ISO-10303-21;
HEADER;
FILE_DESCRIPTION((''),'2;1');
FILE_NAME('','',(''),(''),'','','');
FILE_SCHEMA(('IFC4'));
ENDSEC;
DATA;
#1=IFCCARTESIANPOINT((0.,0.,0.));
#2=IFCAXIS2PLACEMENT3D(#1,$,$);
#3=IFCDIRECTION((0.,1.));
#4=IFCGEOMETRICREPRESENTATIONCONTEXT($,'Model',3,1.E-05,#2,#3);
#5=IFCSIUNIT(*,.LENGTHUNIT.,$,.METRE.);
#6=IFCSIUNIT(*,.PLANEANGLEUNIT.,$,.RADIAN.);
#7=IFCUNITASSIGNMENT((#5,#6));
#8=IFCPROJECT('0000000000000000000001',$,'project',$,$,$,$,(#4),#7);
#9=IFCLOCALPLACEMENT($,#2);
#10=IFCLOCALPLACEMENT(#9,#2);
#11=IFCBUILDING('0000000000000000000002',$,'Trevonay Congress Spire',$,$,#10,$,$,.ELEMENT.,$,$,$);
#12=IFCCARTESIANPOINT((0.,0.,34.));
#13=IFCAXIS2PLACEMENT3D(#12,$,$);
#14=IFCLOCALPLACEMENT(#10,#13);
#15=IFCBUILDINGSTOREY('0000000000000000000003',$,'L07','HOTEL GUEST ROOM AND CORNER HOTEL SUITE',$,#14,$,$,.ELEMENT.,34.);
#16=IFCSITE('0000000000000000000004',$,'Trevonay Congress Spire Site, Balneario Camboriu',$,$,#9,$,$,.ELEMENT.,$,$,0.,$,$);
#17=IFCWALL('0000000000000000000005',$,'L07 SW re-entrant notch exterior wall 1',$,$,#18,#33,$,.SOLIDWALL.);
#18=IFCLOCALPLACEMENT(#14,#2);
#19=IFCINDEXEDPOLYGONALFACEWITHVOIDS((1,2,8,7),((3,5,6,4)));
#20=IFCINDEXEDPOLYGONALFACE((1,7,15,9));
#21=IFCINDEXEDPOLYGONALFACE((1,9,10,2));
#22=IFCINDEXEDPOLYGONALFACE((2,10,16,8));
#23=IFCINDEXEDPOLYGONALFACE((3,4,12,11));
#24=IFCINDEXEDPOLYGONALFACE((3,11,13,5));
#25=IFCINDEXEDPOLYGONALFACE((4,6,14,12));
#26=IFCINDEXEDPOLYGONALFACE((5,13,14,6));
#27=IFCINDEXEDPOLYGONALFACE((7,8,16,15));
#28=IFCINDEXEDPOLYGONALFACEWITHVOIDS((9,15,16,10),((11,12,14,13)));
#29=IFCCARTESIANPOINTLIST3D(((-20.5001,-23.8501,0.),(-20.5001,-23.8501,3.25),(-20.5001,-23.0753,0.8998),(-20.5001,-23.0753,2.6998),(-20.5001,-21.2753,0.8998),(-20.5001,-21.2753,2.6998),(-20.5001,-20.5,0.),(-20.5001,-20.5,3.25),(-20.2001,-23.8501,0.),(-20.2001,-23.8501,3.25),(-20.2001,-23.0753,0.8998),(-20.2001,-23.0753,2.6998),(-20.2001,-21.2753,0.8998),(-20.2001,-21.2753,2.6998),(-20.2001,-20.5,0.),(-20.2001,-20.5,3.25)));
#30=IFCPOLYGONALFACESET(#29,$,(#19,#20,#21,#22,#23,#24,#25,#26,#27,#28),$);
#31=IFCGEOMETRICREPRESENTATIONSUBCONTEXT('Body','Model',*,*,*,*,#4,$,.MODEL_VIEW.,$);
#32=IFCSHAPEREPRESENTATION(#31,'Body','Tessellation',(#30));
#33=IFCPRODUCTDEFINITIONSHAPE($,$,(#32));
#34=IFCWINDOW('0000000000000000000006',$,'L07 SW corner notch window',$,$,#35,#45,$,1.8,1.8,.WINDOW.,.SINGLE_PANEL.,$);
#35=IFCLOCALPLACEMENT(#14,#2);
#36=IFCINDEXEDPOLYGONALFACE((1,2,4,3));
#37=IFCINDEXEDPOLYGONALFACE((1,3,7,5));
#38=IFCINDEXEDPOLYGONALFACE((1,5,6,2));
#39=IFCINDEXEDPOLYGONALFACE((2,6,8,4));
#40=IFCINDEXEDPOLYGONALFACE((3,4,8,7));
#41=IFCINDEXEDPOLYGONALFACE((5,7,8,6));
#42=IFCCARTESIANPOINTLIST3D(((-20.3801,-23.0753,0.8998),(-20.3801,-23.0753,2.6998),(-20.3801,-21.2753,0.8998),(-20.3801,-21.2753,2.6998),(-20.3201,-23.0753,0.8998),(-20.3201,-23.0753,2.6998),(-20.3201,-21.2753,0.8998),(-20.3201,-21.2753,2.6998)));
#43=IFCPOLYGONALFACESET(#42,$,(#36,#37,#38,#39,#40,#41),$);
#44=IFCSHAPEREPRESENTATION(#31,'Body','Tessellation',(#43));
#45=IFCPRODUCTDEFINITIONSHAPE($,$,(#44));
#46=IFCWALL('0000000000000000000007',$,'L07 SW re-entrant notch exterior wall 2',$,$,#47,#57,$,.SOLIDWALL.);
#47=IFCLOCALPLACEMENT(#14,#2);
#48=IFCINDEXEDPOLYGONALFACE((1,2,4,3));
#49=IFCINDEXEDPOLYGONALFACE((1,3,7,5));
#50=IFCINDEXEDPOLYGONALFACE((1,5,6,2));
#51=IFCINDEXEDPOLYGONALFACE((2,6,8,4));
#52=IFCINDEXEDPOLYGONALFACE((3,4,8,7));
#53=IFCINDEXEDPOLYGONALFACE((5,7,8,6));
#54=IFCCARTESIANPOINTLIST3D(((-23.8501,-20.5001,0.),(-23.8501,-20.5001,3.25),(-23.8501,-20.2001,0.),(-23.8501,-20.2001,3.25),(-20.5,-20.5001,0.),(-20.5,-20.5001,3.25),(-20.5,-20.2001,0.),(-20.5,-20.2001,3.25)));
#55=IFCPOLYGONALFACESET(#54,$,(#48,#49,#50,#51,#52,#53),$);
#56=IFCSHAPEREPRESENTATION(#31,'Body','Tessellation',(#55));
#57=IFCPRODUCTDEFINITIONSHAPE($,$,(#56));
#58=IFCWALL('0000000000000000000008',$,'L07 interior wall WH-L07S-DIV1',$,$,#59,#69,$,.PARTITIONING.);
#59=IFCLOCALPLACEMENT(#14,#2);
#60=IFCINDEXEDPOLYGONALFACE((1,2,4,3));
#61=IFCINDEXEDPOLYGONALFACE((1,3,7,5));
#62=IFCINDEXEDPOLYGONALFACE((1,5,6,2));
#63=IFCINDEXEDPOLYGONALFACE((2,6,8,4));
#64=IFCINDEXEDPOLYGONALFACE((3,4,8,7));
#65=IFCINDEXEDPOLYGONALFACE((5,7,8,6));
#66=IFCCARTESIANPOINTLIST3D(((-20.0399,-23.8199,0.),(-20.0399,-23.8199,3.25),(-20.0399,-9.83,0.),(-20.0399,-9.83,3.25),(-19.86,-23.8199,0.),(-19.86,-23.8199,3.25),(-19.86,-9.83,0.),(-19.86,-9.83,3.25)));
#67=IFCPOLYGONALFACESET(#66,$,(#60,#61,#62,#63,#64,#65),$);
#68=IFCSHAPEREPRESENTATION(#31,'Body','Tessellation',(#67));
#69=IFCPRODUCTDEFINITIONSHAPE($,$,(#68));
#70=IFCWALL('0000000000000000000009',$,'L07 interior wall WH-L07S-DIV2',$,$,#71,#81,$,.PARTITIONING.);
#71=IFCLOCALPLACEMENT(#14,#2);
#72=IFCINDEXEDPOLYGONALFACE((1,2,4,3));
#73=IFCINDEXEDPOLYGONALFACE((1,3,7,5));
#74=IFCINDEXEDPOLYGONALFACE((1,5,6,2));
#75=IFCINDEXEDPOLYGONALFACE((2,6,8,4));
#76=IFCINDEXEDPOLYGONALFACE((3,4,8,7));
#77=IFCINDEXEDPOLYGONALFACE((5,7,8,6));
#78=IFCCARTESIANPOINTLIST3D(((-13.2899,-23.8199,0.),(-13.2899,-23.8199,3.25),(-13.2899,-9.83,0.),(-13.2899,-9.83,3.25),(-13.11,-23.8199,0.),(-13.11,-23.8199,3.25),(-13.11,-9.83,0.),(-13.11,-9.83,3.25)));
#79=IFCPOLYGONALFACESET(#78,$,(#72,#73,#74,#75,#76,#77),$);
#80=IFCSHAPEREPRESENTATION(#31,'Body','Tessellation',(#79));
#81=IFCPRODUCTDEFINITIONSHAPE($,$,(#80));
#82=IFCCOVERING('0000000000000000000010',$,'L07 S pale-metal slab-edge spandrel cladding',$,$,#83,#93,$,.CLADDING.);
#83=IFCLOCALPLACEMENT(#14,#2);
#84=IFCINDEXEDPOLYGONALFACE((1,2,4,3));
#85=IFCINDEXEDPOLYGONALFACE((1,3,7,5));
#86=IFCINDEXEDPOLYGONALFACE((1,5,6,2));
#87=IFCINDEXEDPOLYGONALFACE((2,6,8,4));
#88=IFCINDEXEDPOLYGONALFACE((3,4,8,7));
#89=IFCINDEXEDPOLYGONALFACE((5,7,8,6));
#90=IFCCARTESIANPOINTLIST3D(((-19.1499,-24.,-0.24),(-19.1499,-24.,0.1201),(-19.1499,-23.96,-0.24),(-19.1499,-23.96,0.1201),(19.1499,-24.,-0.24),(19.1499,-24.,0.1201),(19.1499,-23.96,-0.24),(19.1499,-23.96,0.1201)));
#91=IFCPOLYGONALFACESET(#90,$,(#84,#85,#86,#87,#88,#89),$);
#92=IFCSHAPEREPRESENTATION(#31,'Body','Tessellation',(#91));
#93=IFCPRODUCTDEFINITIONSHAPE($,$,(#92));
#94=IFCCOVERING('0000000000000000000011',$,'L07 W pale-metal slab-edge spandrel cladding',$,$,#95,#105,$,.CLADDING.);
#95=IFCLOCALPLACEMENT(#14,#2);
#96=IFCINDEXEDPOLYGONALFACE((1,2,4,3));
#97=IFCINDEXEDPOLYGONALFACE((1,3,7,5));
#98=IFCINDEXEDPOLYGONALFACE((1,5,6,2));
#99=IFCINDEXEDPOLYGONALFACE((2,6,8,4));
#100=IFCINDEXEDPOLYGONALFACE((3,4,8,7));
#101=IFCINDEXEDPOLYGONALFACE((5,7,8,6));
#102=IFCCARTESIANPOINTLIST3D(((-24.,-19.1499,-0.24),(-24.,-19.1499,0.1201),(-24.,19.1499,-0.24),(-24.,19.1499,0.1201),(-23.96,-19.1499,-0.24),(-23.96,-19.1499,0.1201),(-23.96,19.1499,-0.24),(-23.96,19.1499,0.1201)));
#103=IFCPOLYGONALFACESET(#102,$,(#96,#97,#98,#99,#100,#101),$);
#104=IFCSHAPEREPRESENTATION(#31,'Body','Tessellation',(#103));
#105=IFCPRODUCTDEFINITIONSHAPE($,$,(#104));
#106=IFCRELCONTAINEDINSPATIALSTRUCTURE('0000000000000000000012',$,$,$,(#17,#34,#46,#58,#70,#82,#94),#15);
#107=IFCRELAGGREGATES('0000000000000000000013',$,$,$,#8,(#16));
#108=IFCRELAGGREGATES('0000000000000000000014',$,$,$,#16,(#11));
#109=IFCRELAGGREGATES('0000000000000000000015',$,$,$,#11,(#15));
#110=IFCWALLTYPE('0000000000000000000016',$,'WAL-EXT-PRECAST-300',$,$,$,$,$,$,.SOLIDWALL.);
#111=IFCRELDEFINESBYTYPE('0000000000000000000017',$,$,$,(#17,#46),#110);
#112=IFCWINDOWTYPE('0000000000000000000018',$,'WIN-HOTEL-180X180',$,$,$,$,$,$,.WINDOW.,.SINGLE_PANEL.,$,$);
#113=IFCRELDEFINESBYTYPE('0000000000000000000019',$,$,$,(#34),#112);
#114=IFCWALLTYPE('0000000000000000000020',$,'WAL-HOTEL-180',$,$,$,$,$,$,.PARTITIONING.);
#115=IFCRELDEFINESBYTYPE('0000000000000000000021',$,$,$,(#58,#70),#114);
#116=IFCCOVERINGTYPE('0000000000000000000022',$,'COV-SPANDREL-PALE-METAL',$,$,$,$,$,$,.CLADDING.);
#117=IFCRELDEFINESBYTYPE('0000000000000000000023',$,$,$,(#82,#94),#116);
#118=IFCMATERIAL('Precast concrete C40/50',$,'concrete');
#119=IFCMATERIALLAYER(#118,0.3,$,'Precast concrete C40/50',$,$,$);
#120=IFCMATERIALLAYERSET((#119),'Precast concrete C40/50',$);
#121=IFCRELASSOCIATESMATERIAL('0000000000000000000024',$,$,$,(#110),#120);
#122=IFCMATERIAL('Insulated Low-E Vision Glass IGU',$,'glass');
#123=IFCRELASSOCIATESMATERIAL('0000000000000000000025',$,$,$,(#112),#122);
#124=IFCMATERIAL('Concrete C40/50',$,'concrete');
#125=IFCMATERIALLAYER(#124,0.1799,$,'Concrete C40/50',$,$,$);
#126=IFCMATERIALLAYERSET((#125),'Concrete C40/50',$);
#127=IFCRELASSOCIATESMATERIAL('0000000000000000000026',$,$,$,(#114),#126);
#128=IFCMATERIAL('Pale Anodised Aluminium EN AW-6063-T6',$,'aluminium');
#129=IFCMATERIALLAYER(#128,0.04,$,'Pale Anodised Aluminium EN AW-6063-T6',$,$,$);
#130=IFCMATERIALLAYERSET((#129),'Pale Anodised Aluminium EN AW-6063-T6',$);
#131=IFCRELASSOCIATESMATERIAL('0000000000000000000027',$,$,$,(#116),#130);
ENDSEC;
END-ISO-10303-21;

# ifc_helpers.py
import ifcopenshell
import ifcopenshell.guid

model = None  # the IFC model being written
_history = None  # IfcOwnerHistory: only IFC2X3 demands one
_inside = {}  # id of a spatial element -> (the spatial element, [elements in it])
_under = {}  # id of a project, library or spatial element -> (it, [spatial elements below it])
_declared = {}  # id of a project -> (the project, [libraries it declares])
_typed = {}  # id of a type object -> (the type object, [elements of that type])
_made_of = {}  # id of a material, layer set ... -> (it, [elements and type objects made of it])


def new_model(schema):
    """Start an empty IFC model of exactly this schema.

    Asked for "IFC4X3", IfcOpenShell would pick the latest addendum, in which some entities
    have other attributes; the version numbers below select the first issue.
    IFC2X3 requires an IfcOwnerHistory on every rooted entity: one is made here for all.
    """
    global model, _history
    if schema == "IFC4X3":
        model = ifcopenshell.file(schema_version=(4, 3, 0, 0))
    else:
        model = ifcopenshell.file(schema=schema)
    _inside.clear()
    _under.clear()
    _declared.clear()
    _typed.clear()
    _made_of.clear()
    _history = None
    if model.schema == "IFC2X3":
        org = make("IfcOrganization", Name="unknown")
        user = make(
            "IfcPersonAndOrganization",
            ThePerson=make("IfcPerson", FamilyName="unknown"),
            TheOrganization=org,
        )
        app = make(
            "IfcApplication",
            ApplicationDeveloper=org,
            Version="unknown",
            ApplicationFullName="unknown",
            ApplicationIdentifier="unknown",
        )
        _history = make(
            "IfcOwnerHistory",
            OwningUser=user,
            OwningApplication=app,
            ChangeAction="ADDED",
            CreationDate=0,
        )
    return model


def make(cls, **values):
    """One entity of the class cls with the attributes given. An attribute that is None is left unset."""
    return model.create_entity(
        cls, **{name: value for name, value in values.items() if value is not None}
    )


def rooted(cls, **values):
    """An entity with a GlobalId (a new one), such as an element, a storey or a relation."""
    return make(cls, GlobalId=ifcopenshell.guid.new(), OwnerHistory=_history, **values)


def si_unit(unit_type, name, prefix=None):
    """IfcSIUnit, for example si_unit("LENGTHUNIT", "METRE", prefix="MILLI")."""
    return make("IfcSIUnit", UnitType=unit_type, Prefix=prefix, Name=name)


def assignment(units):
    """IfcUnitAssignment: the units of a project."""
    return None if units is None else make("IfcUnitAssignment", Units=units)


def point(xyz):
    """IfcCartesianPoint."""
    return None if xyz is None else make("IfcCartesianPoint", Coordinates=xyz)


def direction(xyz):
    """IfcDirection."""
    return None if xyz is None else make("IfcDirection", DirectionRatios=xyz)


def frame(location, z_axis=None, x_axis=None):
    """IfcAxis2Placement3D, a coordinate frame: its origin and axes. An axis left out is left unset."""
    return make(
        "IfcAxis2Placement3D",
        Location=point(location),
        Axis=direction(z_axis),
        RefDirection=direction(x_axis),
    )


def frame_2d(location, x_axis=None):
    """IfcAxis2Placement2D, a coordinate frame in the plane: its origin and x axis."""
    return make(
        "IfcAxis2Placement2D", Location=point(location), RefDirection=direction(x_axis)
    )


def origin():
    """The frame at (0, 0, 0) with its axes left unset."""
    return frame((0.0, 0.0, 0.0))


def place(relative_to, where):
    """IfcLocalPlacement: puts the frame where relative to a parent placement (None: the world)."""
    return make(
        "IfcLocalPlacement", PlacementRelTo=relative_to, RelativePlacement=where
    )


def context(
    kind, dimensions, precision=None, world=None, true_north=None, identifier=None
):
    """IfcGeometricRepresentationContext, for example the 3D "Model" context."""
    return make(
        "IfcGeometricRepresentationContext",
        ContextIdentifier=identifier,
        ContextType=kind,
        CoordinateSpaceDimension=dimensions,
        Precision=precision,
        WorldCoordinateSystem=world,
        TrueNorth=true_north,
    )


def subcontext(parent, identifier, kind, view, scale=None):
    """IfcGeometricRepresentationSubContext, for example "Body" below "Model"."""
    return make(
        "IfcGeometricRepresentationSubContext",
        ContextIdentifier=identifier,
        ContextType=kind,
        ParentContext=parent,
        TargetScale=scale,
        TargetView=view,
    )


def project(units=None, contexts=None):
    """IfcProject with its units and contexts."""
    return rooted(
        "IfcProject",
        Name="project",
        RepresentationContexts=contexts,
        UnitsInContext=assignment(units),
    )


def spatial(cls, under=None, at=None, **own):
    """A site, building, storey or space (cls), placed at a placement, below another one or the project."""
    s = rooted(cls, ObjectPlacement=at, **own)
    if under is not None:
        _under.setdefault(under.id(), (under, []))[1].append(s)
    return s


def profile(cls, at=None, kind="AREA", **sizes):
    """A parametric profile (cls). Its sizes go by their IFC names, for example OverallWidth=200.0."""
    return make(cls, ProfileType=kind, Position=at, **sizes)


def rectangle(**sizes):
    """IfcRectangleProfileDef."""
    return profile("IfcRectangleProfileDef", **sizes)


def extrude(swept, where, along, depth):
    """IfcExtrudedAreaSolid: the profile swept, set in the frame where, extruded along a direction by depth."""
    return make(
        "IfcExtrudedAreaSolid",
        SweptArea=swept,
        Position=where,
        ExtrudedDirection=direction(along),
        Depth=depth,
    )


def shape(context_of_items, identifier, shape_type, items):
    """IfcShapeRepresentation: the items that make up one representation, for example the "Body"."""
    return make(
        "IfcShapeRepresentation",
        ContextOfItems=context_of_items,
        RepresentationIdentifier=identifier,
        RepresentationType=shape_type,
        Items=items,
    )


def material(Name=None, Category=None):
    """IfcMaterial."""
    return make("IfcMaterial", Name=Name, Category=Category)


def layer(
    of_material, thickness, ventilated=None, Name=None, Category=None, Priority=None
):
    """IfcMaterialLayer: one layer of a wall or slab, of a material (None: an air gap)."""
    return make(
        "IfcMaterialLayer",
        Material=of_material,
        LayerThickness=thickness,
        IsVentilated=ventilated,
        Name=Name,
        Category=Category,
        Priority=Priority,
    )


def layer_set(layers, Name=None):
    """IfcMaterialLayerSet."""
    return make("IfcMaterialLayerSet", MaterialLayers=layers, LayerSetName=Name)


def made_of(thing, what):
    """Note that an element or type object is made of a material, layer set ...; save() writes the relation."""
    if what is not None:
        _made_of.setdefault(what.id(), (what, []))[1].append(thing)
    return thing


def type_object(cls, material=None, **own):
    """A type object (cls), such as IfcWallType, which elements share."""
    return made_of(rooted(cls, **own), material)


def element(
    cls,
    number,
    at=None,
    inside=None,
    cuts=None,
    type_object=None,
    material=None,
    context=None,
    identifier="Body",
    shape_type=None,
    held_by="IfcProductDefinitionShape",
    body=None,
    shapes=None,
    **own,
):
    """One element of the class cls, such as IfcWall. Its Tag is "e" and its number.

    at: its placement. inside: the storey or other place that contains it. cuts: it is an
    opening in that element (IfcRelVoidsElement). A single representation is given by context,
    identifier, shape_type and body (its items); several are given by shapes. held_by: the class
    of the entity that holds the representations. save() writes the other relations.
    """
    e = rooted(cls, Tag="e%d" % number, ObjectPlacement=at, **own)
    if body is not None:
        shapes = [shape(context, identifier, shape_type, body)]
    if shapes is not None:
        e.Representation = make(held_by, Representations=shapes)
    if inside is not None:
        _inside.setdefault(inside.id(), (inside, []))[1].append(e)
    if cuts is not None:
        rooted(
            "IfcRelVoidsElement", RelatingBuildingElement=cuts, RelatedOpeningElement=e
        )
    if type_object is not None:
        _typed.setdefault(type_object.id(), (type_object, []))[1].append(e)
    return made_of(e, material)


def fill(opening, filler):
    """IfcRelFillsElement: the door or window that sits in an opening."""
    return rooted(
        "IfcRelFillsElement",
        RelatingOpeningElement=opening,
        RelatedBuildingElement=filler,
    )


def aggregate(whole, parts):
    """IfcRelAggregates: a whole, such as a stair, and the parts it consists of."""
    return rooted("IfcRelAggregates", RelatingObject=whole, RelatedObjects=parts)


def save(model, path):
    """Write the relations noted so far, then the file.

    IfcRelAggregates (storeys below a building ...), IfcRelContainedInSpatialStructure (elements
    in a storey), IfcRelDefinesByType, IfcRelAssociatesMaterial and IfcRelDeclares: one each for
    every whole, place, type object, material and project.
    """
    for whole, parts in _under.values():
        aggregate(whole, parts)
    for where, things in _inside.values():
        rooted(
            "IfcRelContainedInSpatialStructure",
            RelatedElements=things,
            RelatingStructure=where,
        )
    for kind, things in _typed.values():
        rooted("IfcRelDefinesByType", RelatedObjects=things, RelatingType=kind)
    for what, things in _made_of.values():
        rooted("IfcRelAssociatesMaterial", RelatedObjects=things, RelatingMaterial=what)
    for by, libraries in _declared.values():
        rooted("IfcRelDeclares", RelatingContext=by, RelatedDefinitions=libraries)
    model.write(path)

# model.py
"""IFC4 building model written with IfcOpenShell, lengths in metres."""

from ifc_helpers import new_model, si_unit, direction, frame, frame_2d, origin, place, context, subcontext, project, spatial, rectangle, extrude, material, layer, layer_set, type_object, element, fill, save


model = new_model("IFC4")

# Units and contexts
model_context = context("Model", 3, precision=1e-05, world=origin(), true_north=direction((0.0, 1.0)))
body_context = subcontext(model_context, "Body", "Model", "MODEL_VIEW")
ifc_project = project(units=[si_unit("LENGTHUNIT", "METRE"), si_unit("PLANEANGLEUNIT", "RADIAN")], contexts=[model_context])

# Site, building, storey
site_placement = place(None, origin())
site = spatial("IfcSite", under=ifc_project, at=site_placement, Name="Trevonay Congress Spire Site, Balneario Camboriu", CompositionType="ELEMENT", RefElevation=0.0)
building_placement = place(site_placement, origin())
building = spatial("IfcBuilding", under=site, at=building_placement, Name="Trevonay Congress Spire", CompositionType="ELEMENT")
storey_placement = place(building_placement, frame((0.0, 0.0, 34.0)))
storey = spatial("IfcBuildingStorey", under=building, at=storey_placement, Name="L07", Description="HOTEL GUEST ROOM AND CORNER HOTEL SUITE", CompositionType="ELEMENT", Elevation=34.0)

# Shared definitions
ifc_material_1 = material(Name="Pale Anodised Aluminium EN AW-6063-T6", Category="aluminium")

# Shared definitions
ifc_material_2 = material(Name="Precast concrete C40/50", Category="concrete")
ifc_layer_1 = layer(ifc_material_2, 0.3, Name="Precast concrete C40/50")
ifc_layer_set_1 = layer_set([ifc_layer_1], Name="Precast concrete C40/50")
wall_type_1 = type_object("IfcWallType", Name="WAL-EXT-PRECAST-300", PredefinedType="SOLIDWALL", material=ifc_layer_set_1)

# Wall, opening, window
wall_1_placement = place(storey_placement, frame((-20.3501, -23.8501, 0.0), z_axis=(0.0, 0.0, 1.0), x_axis=(0.0, 1.0, 0.0)))
wall_1 = element("IfcWall", 1, at=wall_1_placement, inside=storey, type_object=wall_type_1, Name="L07 SW re-entrant notch exterior wall 1", PredefinedType="SOLIDWALL", context=body_context, shape_type="SweptSolid", body=[
    extrude(rectangle(XDim=3.3501, YDim=0.3, at=frame_2d((1.675, 0.0))), origin(), (0.0, 0.0, 1.0), 3.25),
])
opening_placement = place(wall_1_placement, frame((0.7749, 0.0, 0.8999)))
opening = element("IfcOpeningElement", 2, at=opening_placement, cuts=wall_1, PredefinedType="OPENING", context=body_context, shape_type="SweptSolid", body=[
    extrude(rectangle(XDim=1.8, YDim=1.8, at=frame_2d((0.8999, 0.8999))), frame((0.0, 0.1602, 0.0), z_axis=(0.0, -1.0, 0.0), x_axis=(1.0, 0.0, 0.0)), (0.0, 0.0, 1.0), 0.3201),
])
ifc_material_3 = material(Name="Insulated Low-E Vision Glass IGU", Category="glass")
window_type = type_object("IfcWindowType", Name="WIN-HOTEL-180X180", PartitioningType="SINGLE_PANEL", PredefinedType="WINDOW", material=ifc_material_3)
window_placement = place(opening_placement, origin())
window = element("IfcWindow", 3, at=window_placement, inside=storey, type_object=window_type, Name="L07 SW corner notch window", OverallHeight=1.8, OverallWidth=1.8, PartitioningType="SINGLE_PANEL", PredefinedType="WINDOW", context=body_context, shape_type="SweptSolid", body=[
    extrude(rectangle(XDim=1.8, YDim=1.8, at=frame_2d((0.8999, 0.8999))), frame((0.0, 0.03, 0.0), z_axis=(0.0, -1.0, 0.0), x_axis=(1.0, 0.0, 0.0)), (0.0, 0.0, 1.0), 0.0601),
])
fill(opening, window)

# Walls
wall_2_placement = place(storey_placement, frame((-23.8501, -20.3501, 0.0), z_axis=(0.0, 0.0, 1.0), x_axis=(1.0, 0.0, 0.0)))
element("IfcWall", 4, at=wall_2_placement, inside=storey, type_object=wall_type_1, Name="L07 SW re-entrant notch exterior wall 2", PredefinedType="SOLIDWALL", context=body_context, shape_type="SweptSolid", body=[
    extrude(rectangle(XDim=3.3501, YDim=0.3, at=frame_2d((1.675, 0.0))), origin(), (0.0, 0.0, 1.0), 3.25),
])
ifc_material_4 = material(Name="Concrete C40/50", Category="concrete")
ifc_layer_2 = layer(ifc_material_4, 0.1799, Name="Concrete C40/50")
ifc_layer_set_2 = layer_set([ifc_layer_2], Name="Concrete C40/50")
wall_type_2 = type_object("IfcWallType", Name="WAL-HOTEL-180", PredefinedType="PARTITIONING", material=ifc_layer_set_2)
for number, where, z_axis, x_axis, name in (
    (5, (-19.95, -23.8201, 0.0), (0.0, 0.0, 1.0), (0.0, 1.0, 0.0), "L07 interior wall WH-L07S-DIV1"),
    (6, (-13.2, -23.8201, 0.0), (0.0, 0.0, 1.0), (0.0, 1.0, 0.0), "L07 interior wall WH-L07S-DIV2"),
):
    element("IfcWall", number, at=place(storey_placement, frame(where, z_axis=z_axis, x_axis=x_axis)), inside=storey, type_object=wall_type_2, Name=name, PredefinedType="PARTITIONING", context=body_context, shape_type="SweptSolid", body=[
        extrude(rectangle(XDim=13.99, YDim=0.1799, at=frame_2d((6.9951, 0.0))), origin(), (0.0, 0.0, 1.0), 3.25),
    ])

# Coverings
ifc_layer_3 = layer(ifc_material_1, 0.04, Name="Pale Anodised Aluminium EN AW-6063-T6")
ifc_layer_set_3 = layer_set([ifc_layer_3], Name="Pale Anodised Aluminium EN AW-6063-T6")
covering_type = type_object("IfcCoveringType", Name="COV-SPANDREL-PALE-METAL", PredefinedType="CLADDING", material=ifc_layer_set_3)
for number, where, z_axis, x_axis, name in (
    (7, (-19.1499, -23.98, -0.24), (0.0, 0.0, 1.0), (1.0, 0.0, 0.0), "L07 S pale-metal slab-edge spandrel cladding"),
    (8, (-23.98, -19.1499, -0.24), (0.0, 0.0, 1.0), (0.0, 1.0, 0.0), "L07 W pale-metal slab-edge spandrel cladding"),
):
    element("IfcCovering", number, at=place(storey_placement, frame(where, z_axis=z_axis, x_axis=x_axis)), inside=storey, type_object=covering_type, Name=name, PredefinedType="CLADDING", context=body_context, shape_type="SweptSolid", body=[
        extrude(rectangle(XDim=38.2998, YDim=0.04, at=frame_2d((19.1499, 0.0))), origin(), (0.0, 0.0, 1.0), 0.3601),
    ])

save(model, "model.ifc")
